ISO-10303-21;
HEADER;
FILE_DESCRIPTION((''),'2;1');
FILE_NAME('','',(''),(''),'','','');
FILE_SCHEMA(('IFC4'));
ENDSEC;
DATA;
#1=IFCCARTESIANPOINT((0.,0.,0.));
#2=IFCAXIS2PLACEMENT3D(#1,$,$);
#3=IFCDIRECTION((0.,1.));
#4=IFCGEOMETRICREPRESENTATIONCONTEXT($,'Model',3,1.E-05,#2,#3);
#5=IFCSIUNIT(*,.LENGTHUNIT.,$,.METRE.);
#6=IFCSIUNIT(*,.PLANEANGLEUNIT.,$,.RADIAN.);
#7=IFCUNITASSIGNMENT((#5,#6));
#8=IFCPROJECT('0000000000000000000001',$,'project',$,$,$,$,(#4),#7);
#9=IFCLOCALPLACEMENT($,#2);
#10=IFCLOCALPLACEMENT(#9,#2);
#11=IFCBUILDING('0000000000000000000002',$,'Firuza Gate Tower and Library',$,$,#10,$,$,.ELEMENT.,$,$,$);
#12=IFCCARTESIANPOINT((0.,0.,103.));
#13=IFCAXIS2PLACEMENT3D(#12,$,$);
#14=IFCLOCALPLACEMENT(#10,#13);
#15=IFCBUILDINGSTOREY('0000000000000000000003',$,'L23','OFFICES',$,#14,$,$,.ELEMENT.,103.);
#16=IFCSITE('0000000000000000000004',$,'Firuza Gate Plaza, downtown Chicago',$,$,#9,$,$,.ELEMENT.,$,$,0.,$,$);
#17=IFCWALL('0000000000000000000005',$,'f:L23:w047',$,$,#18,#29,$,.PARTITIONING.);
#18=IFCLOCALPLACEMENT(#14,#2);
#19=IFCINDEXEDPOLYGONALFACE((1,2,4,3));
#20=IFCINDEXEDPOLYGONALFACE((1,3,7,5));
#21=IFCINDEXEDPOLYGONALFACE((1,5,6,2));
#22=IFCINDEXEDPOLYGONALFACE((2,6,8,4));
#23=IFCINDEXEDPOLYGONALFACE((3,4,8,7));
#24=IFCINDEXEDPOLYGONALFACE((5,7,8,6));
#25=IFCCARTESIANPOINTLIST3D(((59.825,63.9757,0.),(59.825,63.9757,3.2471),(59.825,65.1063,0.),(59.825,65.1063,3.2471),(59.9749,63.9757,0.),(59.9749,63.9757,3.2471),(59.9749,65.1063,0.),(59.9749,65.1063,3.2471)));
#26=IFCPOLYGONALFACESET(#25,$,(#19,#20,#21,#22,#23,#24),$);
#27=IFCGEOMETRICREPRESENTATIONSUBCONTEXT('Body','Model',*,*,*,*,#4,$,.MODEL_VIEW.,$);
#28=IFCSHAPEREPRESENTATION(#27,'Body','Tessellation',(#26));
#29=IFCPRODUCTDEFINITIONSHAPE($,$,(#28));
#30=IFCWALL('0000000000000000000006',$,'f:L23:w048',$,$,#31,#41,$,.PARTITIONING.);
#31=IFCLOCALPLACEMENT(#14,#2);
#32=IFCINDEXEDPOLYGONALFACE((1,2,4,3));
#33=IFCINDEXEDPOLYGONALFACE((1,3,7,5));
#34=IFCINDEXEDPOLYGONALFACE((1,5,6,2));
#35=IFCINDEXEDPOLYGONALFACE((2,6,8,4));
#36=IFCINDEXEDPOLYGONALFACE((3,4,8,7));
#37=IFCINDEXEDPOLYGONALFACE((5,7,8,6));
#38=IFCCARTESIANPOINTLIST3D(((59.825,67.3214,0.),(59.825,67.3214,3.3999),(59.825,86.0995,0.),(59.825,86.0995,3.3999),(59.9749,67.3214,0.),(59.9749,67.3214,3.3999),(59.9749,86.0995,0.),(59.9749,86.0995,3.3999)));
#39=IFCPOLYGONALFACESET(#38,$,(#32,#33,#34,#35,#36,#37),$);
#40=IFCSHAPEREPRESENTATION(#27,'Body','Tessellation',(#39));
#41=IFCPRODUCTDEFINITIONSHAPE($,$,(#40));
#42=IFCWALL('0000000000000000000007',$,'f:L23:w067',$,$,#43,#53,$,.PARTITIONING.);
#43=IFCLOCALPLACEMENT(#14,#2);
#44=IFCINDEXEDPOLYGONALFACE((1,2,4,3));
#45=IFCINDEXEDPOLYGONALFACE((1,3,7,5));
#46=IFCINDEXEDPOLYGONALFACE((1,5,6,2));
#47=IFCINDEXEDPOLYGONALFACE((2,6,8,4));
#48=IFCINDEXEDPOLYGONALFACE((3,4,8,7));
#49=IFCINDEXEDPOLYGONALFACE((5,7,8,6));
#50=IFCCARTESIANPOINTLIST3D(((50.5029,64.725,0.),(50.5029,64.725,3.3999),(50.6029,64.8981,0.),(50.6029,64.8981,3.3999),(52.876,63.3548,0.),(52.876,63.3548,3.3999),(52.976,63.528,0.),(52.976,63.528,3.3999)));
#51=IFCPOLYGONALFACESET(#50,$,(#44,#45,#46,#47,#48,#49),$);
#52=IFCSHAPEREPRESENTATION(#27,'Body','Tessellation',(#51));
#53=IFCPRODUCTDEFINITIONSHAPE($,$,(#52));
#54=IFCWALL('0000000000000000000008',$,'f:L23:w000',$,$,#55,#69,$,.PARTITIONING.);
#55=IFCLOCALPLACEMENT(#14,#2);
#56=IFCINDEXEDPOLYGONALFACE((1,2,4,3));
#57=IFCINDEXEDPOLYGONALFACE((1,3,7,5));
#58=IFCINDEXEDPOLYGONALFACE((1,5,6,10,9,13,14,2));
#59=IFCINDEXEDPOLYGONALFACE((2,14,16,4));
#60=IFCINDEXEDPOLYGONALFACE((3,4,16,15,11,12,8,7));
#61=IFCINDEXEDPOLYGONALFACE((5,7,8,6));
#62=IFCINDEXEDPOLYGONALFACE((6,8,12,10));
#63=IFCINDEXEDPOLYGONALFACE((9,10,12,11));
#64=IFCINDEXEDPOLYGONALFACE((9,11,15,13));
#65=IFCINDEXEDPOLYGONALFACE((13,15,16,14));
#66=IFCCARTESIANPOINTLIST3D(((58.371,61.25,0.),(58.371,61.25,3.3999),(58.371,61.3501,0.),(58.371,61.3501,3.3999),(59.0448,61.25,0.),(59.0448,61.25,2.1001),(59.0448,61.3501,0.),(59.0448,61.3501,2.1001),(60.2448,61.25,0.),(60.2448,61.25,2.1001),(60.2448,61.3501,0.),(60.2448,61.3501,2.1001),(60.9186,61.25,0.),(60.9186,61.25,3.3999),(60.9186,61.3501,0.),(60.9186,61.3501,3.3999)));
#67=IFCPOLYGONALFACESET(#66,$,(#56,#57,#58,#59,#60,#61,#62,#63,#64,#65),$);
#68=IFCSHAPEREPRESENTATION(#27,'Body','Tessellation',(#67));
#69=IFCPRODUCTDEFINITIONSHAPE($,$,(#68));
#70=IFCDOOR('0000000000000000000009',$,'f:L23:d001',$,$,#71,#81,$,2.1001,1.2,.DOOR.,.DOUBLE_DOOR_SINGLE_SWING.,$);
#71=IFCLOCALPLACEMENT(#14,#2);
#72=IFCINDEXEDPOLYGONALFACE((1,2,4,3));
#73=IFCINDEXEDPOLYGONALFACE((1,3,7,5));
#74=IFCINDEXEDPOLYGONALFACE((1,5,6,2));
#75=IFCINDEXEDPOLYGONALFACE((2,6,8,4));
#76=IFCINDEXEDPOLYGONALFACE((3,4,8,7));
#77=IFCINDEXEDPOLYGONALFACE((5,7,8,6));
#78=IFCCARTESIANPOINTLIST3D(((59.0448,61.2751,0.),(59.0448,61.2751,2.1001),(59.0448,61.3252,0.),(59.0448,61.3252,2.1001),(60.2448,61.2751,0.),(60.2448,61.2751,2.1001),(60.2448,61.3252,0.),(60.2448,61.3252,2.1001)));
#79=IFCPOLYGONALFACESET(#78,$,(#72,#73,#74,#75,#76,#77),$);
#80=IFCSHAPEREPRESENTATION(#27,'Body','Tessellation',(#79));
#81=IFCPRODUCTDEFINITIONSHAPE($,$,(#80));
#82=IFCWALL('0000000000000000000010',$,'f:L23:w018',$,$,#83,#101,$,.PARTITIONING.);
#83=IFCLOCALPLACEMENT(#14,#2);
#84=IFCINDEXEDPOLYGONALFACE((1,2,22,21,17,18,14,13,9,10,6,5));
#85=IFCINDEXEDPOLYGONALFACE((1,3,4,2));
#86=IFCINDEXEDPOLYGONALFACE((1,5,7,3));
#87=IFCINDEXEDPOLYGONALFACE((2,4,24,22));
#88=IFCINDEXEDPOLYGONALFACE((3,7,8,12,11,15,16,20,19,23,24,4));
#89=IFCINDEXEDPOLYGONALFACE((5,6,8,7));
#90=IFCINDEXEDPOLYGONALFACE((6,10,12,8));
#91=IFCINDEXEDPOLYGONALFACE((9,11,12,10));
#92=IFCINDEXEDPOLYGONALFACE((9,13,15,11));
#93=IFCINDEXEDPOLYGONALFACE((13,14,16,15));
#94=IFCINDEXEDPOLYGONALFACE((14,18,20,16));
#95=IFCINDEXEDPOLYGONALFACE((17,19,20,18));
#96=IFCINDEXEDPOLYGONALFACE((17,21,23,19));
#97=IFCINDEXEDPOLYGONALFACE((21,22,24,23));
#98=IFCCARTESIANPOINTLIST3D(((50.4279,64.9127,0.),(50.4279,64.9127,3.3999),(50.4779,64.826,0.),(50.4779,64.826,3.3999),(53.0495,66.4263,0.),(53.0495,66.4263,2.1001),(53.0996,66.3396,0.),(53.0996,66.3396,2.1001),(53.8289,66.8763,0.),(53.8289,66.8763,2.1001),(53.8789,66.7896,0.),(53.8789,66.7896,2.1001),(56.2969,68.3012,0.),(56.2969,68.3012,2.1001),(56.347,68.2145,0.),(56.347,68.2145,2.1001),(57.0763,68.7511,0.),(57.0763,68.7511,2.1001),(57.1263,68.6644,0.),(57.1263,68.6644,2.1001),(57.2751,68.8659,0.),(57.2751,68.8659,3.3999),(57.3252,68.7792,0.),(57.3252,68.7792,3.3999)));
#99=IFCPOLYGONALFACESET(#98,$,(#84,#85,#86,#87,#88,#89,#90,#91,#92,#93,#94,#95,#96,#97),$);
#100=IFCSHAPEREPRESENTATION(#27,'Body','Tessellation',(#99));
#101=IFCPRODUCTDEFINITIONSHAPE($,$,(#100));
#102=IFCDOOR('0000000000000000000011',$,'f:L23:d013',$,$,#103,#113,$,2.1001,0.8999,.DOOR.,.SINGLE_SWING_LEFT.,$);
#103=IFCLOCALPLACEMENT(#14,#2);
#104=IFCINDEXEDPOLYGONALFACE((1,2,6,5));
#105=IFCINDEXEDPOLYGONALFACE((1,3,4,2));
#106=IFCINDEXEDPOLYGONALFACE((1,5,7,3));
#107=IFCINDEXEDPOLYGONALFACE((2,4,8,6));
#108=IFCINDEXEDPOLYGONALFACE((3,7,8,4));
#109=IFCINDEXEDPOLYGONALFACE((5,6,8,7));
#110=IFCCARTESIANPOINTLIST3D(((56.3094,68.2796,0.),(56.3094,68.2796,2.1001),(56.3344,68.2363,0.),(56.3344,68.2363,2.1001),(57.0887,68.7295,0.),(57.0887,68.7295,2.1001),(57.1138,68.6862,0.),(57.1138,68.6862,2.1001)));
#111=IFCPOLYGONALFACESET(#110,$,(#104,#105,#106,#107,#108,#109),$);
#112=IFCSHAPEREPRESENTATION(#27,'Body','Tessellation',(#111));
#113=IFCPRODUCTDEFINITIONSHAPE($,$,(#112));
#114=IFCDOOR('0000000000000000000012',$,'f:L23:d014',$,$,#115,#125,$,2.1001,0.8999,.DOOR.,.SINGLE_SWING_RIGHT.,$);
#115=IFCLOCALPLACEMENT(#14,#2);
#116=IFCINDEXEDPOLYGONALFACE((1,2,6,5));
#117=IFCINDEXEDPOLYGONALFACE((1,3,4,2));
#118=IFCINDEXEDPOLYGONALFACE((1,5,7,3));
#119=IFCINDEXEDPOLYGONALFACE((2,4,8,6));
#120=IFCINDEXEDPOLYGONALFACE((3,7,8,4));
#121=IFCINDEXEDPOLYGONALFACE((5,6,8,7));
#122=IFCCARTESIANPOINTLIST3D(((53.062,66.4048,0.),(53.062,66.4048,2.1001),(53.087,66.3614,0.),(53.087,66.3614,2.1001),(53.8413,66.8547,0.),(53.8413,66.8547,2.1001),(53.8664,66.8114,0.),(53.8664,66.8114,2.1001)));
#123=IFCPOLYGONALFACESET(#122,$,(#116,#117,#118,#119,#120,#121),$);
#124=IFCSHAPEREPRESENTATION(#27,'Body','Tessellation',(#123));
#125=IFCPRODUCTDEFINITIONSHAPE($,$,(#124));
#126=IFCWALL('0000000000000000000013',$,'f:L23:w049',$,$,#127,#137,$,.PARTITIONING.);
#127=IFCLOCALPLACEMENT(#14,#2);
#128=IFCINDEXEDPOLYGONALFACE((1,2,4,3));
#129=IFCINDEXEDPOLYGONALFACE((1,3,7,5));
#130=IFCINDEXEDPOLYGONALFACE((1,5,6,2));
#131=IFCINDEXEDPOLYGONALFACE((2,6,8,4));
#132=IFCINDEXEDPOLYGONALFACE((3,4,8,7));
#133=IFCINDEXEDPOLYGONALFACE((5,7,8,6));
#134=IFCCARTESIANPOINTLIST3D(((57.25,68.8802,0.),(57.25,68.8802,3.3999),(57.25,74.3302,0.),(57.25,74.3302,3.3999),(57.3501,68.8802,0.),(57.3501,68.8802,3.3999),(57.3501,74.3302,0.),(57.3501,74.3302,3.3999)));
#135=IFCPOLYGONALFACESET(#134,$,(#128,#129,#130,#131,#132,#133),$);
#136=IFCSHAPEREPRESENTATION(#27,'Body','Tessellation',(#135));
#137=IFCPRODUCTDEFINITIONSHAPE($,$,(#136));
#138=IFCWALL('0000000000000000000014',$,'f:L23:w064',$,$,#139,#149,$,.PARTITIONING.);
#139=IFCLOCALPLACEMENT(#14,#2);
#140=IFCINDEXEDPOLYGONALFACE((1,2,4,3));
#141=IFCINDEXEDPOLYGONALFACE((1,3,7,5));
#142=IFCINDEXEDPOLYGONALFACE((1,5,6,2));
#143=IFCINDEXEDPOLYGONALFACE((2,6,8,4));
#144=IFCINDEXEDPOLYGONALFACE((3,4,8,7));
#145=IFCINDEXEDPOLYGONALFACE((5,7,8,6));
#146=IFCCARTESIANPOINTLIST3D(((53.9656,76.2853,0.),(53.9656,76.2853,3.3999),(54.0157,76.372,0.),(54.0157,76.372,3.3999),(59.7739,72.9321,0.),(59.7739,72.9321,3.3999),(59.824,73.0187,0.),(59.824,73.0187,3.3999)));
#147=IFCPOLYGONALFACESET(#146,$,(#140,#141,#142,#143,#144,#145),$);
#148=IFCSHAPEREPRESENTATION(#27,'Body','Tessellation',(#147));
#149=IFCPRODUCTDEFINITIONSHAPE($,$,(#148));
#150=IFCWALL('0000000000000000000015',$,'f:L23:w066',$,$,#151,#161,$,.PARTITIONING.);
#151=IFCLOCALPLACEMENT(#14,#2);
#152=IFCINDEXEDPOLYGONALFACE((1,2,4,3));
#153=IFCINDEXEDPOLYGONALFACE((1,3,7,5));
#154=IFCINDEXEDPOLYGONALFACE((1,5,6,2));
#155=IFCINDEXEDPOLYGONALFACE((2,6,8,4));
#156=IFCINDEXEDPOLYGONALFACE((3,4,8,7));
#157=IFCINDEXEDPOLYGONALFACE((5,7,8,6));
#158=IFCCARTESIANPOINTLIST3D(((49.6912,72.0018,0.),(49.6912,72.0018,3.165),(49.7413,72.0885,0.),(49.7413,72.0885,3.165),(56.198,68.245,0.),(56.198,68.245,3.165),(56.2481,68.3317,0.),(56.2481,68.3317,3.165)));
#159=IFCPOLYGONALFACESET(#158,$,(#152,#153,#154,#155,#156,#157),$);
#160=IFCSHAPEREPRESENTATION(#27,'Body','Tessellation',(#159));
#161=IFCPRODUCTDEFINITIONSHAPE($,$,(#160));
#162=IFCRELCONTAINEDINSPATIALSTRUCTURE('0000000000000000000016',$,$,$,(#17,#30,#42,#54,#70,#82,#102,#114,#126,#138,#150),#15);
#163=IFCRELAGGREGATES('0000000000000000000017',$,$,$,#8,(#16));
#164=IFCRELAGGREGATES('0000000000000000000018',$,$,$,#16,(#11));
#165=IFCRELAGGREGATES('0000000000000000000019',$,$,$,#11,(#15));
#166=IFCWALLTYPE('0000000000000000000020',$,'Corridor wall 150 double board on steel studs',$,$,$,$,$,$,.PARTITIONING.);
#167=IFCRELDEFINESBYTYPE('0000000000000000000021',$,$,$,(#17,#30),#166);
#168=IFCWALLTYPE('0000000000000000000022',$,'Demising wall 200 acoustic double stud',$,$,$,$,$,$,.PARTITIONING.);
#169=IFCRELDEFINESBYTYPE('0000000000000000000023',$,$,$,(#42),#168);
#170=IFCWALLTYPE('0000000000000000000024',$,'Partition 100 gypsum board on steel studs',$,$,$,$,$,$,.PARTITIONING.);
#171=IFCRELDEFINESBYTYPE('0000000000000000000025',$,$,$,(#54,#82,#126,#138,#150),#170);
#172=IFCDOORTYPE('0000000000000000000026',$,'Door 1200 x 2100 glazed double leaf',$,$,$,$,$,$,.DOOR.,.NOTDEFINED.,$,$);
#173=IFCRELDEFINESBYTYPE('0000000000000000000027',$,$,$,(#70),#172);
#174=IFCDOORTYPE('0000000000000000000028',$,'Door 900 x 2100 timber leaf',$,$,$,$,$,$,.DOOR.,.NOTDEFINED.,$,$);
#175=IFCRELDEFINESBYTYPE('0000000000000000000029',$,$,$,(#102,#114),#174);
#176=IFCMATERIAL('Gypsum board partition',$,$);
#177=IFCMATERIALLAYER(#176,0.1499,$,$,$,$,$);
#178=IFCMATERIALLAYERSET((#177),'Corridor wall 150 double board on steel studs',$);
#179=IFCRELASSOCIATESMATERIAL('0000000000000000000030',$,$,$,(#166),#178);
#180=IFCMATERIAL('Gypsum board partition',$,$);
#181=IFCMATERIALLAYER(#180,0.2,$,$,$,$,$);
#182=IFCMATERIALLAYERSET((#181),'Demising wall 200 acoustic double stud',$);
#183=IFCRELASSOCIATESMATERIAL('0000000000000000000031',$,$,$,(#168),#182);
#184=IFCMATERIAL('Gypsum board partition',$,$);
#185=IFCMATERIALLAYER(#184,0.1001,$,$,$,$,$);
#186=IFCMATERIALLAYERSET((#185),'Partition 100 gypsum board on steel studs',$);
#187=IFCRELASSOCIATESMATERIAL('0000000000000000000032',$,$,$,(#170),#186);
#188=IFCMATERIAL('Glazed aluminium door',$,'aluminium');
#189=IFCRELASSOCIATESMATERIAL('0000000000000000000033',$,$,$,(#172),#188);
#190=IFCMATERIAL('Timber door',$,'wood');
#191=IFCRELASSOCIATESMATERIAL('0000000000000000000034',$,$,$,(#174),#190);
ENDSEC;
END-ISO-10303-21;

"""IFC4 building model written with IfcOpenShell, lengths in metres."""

from ifc_helpers import new_model, si_unit, direction, frame, frame_2d, origin, place, context, subcontext, project, spatial, rectangle, extrude, material, layer, layer_set, type_object, element, fill, save


model = new_model("IFC4")

# Units and contexts
model_context = context("Model", 3, precision=1e-05, world=origin(), true_north=direction((0.0, 1.0)))
body_context = subcontext(model_context, "Body", "Model", "MODEL_VIEW")
ifc_project = project(units=[si_unit("LENGTHUNIT", "METRE"), si_unit("PLANEANGLEUNIT", "RADIAN")], contexts=[model_context])

# Site, building, storey
site_placement = place(None, origin())
site = spatial("IfcSite", under=ifc_project, at=site_placement, Name="Firuza Gate Plaza, downtown Chicago", CompositionType="ELEMENT", RefElevation=0.0)
building_placement = place(site_placement, origin())
building = spatial("IfcBuilding", under=site, at=building_placement, Name="Firuza Gate Tower and Library", CompositionType="ELEMENT")
storey_placement = place(building_placement, frame((0.0, 0.0, 103.0)))
storey = spatial("IfcBuildingStorey", under=building, at=storey_placement, Name="L23", Description="OFFICES", CompositionType="ELEMENT", Elevation=103.0)

# Walls
ifc_material_1 = material(Name="Gypsum board partition")
ifc_layer_1 = layer(ifc_material_1, 0.1499)
ifc_layer_set_1 = layer_set([ifc_layer_1], Name="Corridor wall 150 double board on steel studs")
wall_type_1 = type_object("IfcWallType", Name="Corridor wall 150 double board on steel studs", PredefinedType="PARTITIONING", material=ifc_layer_set_1)
wall_1_placement = place(storey_placement, frame((59.8999, 63.9756, 0.0), z_axis=(0.0, 0.0, 1.0), x_axis=(0.0, 1.0, 0.0)))
element("IfcWall", 1, at=wall_1_placement, inside=storey, type_object=wall_type_1, Name="f:L23:w047", PredefinedType="PARTITIONING", context=body_context, shape_type="SweptSolid", body=[
    extrude(rectangle(XDim=1.1306, YDim=0.1499, at=frame_2d((0.5654, 0.0))), origin(), (0.0, 0.0, 1.0), 3.2471),
])
wall_2_placement = place(storey_placement, frame((59.8999, 67.3213, 0.0), z_axis=(0.0, 0.0, 1.0), x_axis=(0.0, 1.0, 0.0)))
element("IfcWall", 2, at=wall_2_placement, inside=storey, type_object=wall_type_1, Name="f:L23:w048", PredefinedType="PARTITIONING", context=body_context, shape_type="SweptSolid", body=[
    extrude(rectangle(XDim=18.7781, YDim=0.1499, at=frame_2d((9.3892, 0.0))), origin(), (0.0, 0.0, 1.0), 3.3999),
])
ifc_material_2 = material(Name="Gypsum board partition")
ifc_layer_2 = layer(ifc_material_2, 0.2)
ifc_layer_set_2 = layer_set([ifc_layer_2], Name="Demising wall 200 acoustic double stud")
wall_type_2 = type_object("IfcWallType", Name="Demising wall 200 acoustic double stud", PredefinedType="PARTITIONING", material=ifc_layer_set_2)
wall_3_placement = place(storey_placement, frame((52.926, 63.4414, 0.0), z_axis=(0.0, 0.0, 1.0), x_axis=(-0.866019, 0.50001, 0.0)))
element("IfcWall", 3, at=wall_3_placement, inside=storey, type_object=wall_type_2, Name="f:L23:w067", PredefinedType="PARTITIONING", context=body_context, shape_type="SweptSolid", body=[
    extrude(rectangle(XDim=2.7402, YDim=0.2, at=frame_2d((1.3701, 0.0))), origin(), (0.0, 0.0, 1.0), 3.3999),
])

# Wall, opening, door
ifc_material_3 = material(Name="Gypsum board partition")
ifc_layer_3 = layer(ifc_material_3, 0.1001)
ifc_layer_set_3 = layer_set([ifc_layer_3], Name="Partition 100 gypsum board on steel studs")
wall_type_3 = type_object("IfcWallType", Name="Partition 100 gypsum board on steel studs", PredefinedType="PARTITIONING", material=ifc_layer_set_3)
wall_4_placement = place(storey_placement, frame((60.9187, 61.3, 0.0), z_axis=(0.0, 0.0, 1.0), x_axis=(-1.0, 0.0, 0.0)))
wall_4 = element("IfcWall", 4, at=wall_4_placement, inside=storey, type_object=wall_type_3, Name="f:L23:w000", PredefinedType="PARTITIONING", context=body_context, shape_type="SweptSolid", body=[
    extrude(rectangle(XDim=2.5476, YDim=0.1001, at=frame_2d((1.2739, 0.0))), origin(), (0.0, 0.0, 1.0), 3.3999),
])
opening_1_placement = place(wall_4_placement, frame((0.6738, 0.0, 0.0)))
opening_1 = element("IfcOpeningElement", 5, at=opening_1_placement, cuts=wall_4, PredefinedType="OPENING", context=body_context, shape_type="SweptSolid", body=[
    extrude(rectangle(XDim=1.2, YDim=2.1001, at=frame_2d((0.6001, 1.05))), frame((0.0, 0.0601, 0.0), z_axis=(0.0, -1.0, 0.0), x_axis=(1.0, 0.0, 0.0)), (0.0, 0.0, 1.0), 0.1201),
])
ifc_material_4 = material(Name="Glazed aluminium door", Category="aluminium")
door_type_1 = type_object("IfcDoorType", Name="Door 1200 x 2100 glazed double leaf", OperationType="NOTDEFINED", PredefinedType="DOOR", material=ifc_material_4)
door_1_placement = place(opening_1_placement, origin())
door_1 = element("IfcDoor", 6, at=door_1_placement, inside=storey, type_object=door_type_1, Name="f:L23:d001", OperationType="DOUBLE_DOOR_SINGLE_SWING", OverallHeight=2.1001, OverallWidth=1.2, PredefinedType="DOOR", context=body_context, shape_type="SweptSolid", body=[
    extrude(rectangle(XDim=1.2, YDim=2.1001, at=frame_2d((0.6001, 1.05))), frame((0.0, 0.0249, 0.0), z_axis=(0.0, -1.0, 0.0), x_axis=(1.0, 0.0, 0.0)), (0.0, 0.0, 1.0), 0.05),
])
fill(opening_1, door_1)

# Wall, openings, doors
wall_5_placement = place(storey_placement, frame((57.3, 68.8225, 0.0), z_axis=(0.0, 0.0, 1.0), x_axis=(-0.86603, -0.499992, 0.0)))
wall_5 = element("IfcWall", 7, at=wall_5_placement, inside=storey, type_object=wall_type_3, Name="f:L23:w018", PredefinedType="PARTITIONING", context=body_context, shape_type="SweptSolid", body=[
    extrude(rectangle(XDim=7.9065, YDim=0.1001, at=frame_2d((3.9531, 0.0))), origin(), (0.0, 0.0, 1.0), 3.3999),
])
opening_2_placement = place(wall_5_placement, frame((0.2295, 0.0, 0.0)))
opening_2 = element("IfcOpeningElement", 8, at=opening_2_placement, cuts=wall_5, PredefinedType="OPENING", context=body_context, shape_type="SweptSolid", body=[
    extrude(rectangle(XDim=0.8999, YDim=2.1001, at=frame_2d((0.45, 1.05))), frame((0.0, 0.0601, 0.0), z_axis=(0.0, -1.0, 0.0), x_axis=(1.0, 0.0, 0.0)), (0.0, 0.0, 1.0), 0.1201),
])
opening_3_placement = place(wall_5_placement, frame((3.9792, 0.0, 0.0)))
opening_3 = element("IfcOpeningElement", 9, at=opening_3_placement, cuts=wall_5, PredefinedType="OPENING", context=body_context, shape_type="SweptSolid", body=[
    extrude(rectangle(XDim=0.8999, YDim=2.1001, at=frame_2d((0.45, 1.05))), frame((0.0, 0.0601, 0.0), z_axis=(0.0, -1.0, 0.0), x_axis=(1.0, 0.0, 0.0)), (0.0, 0.0, 1.0), 0.1201),
])
ifc_material_5 = material(Name="Timber door", Category="wood")
door_type_2 = type_object("IfcDoorType", Name="Door 900 x 2100 timber leaf", OperationType="NOTDEFINED", PredefinedType="DOOR", material=ifc_material_5)
door_2_placement = place(opening_2_placement, origin())
door_2 = element("IfcDoor", 10, at=door_2_placement, inside=storey, type_object=door_type_2, Name="f:L23:d013", OperationType="SINGLE_SWING_LEFT", OverallHeight=2.1001, OverallWidth=0.8999, PredefinedType="DOOR", context=body_context, shape_type="SweptSolid", body=[
    extrude(rectangle(XDim=0.8999, YDim=2.1001, at=frame_2d((0.45, 1.05))), frame((0.0, 0.0249, 0.0), z_axis=(0.0, -1.0, 0.0), x_axis=(1.0, 0.0, 0.0)), (0.0, 0.0, 1.0), 0.05),
])
fill(opening_2, door_2)
door_3_placement = place(opening_3_placement, origin())
door_3 = element("IfcDoor", 11, at=door_3_placement, inside=storey, type_object=door_type_2, Name="f:L23:d014", OperationType="SINGLE_SWING_RIGHT", OverallHeight=2.1001, OverallWidth=0.8999, PredefinedType="DOOR", context=body_context, shape_type="SweptSolid", body=[
    extrude(rectangle(XDim=0.8999, YDim=2.1001, at=frame_2d((0.45, 1.05))), frame((0.0, 0.0249, 0.0), z_axis=(0.0, -1.0, 0.0), x_axis=(1.0, 0.0, 0.0)), (0.0, 0.0, 1.0), 0.05),
])
fill(opening_3, door_3)

# Walls
wall_6_placement = place(storey_placement, frame((57.3, 68.8801, 0.0), z_axis=(0.0, 0.0, 1.0), x_axis=(0.0, 1.0, 0.0)))
element("IfcWall", 12, at=wall_6_placement, inside=storey, type_object=wall_type_3, Name="f:L23:w049", PredefinedType="PARTITIONING", context=body_context, shape_type="SweptSolid", body=[
    extrude(rectangle(XDim=5.45, YDim=0.1001, at=frame_2d((2.7251, 0.0))), origin(), (0.0, 0.0, 1.0), 3.3999),
])
wall_7_placement = place(storey_placement, frame((59.7991, 72.9753, 0.0), z_axis=(0.0, 0.0, 1.0), x_axis=(-0.866037, 0.49998, 0.0)))
element("IfcWall", 13, at=wall_7_placement, inside=storey, type_object=wall_type_3, Name="f:L23:w064", PredefinedType="PARTITIONING", context=body_context, shape_type="SweptSolid", body=[
    extrude(rectangle(XDim=6.7068, YDim=0.1001, at=frame_2d((3.3535, 0.0))), origin(), (0.0, 0.0, 1.0), 3.3999),
])
wall_8_placement = place(storey_placement, frame((56.2231, 68.2883, 0.0), z_axis=(0.0, 0.0, 1.0), x_axis=(-0.866019, 0.500011, 0.0)))
element("IfcWall", 14, at=wall_8_placement, inside=storey, type_object=wall_type_3, Name="f:L23:w066", PredefinedType="PARTITIONING", context=body_context, shape_type="SweptSolid", body=[
    extrude(rectangle(XDim=7.5134, YDim=0.1001, at=frame_2d((3.7568, 0.0))), origin(), (0.0, 0.0, 1.0), 3.165),
])

save(model, "model.ifc")
